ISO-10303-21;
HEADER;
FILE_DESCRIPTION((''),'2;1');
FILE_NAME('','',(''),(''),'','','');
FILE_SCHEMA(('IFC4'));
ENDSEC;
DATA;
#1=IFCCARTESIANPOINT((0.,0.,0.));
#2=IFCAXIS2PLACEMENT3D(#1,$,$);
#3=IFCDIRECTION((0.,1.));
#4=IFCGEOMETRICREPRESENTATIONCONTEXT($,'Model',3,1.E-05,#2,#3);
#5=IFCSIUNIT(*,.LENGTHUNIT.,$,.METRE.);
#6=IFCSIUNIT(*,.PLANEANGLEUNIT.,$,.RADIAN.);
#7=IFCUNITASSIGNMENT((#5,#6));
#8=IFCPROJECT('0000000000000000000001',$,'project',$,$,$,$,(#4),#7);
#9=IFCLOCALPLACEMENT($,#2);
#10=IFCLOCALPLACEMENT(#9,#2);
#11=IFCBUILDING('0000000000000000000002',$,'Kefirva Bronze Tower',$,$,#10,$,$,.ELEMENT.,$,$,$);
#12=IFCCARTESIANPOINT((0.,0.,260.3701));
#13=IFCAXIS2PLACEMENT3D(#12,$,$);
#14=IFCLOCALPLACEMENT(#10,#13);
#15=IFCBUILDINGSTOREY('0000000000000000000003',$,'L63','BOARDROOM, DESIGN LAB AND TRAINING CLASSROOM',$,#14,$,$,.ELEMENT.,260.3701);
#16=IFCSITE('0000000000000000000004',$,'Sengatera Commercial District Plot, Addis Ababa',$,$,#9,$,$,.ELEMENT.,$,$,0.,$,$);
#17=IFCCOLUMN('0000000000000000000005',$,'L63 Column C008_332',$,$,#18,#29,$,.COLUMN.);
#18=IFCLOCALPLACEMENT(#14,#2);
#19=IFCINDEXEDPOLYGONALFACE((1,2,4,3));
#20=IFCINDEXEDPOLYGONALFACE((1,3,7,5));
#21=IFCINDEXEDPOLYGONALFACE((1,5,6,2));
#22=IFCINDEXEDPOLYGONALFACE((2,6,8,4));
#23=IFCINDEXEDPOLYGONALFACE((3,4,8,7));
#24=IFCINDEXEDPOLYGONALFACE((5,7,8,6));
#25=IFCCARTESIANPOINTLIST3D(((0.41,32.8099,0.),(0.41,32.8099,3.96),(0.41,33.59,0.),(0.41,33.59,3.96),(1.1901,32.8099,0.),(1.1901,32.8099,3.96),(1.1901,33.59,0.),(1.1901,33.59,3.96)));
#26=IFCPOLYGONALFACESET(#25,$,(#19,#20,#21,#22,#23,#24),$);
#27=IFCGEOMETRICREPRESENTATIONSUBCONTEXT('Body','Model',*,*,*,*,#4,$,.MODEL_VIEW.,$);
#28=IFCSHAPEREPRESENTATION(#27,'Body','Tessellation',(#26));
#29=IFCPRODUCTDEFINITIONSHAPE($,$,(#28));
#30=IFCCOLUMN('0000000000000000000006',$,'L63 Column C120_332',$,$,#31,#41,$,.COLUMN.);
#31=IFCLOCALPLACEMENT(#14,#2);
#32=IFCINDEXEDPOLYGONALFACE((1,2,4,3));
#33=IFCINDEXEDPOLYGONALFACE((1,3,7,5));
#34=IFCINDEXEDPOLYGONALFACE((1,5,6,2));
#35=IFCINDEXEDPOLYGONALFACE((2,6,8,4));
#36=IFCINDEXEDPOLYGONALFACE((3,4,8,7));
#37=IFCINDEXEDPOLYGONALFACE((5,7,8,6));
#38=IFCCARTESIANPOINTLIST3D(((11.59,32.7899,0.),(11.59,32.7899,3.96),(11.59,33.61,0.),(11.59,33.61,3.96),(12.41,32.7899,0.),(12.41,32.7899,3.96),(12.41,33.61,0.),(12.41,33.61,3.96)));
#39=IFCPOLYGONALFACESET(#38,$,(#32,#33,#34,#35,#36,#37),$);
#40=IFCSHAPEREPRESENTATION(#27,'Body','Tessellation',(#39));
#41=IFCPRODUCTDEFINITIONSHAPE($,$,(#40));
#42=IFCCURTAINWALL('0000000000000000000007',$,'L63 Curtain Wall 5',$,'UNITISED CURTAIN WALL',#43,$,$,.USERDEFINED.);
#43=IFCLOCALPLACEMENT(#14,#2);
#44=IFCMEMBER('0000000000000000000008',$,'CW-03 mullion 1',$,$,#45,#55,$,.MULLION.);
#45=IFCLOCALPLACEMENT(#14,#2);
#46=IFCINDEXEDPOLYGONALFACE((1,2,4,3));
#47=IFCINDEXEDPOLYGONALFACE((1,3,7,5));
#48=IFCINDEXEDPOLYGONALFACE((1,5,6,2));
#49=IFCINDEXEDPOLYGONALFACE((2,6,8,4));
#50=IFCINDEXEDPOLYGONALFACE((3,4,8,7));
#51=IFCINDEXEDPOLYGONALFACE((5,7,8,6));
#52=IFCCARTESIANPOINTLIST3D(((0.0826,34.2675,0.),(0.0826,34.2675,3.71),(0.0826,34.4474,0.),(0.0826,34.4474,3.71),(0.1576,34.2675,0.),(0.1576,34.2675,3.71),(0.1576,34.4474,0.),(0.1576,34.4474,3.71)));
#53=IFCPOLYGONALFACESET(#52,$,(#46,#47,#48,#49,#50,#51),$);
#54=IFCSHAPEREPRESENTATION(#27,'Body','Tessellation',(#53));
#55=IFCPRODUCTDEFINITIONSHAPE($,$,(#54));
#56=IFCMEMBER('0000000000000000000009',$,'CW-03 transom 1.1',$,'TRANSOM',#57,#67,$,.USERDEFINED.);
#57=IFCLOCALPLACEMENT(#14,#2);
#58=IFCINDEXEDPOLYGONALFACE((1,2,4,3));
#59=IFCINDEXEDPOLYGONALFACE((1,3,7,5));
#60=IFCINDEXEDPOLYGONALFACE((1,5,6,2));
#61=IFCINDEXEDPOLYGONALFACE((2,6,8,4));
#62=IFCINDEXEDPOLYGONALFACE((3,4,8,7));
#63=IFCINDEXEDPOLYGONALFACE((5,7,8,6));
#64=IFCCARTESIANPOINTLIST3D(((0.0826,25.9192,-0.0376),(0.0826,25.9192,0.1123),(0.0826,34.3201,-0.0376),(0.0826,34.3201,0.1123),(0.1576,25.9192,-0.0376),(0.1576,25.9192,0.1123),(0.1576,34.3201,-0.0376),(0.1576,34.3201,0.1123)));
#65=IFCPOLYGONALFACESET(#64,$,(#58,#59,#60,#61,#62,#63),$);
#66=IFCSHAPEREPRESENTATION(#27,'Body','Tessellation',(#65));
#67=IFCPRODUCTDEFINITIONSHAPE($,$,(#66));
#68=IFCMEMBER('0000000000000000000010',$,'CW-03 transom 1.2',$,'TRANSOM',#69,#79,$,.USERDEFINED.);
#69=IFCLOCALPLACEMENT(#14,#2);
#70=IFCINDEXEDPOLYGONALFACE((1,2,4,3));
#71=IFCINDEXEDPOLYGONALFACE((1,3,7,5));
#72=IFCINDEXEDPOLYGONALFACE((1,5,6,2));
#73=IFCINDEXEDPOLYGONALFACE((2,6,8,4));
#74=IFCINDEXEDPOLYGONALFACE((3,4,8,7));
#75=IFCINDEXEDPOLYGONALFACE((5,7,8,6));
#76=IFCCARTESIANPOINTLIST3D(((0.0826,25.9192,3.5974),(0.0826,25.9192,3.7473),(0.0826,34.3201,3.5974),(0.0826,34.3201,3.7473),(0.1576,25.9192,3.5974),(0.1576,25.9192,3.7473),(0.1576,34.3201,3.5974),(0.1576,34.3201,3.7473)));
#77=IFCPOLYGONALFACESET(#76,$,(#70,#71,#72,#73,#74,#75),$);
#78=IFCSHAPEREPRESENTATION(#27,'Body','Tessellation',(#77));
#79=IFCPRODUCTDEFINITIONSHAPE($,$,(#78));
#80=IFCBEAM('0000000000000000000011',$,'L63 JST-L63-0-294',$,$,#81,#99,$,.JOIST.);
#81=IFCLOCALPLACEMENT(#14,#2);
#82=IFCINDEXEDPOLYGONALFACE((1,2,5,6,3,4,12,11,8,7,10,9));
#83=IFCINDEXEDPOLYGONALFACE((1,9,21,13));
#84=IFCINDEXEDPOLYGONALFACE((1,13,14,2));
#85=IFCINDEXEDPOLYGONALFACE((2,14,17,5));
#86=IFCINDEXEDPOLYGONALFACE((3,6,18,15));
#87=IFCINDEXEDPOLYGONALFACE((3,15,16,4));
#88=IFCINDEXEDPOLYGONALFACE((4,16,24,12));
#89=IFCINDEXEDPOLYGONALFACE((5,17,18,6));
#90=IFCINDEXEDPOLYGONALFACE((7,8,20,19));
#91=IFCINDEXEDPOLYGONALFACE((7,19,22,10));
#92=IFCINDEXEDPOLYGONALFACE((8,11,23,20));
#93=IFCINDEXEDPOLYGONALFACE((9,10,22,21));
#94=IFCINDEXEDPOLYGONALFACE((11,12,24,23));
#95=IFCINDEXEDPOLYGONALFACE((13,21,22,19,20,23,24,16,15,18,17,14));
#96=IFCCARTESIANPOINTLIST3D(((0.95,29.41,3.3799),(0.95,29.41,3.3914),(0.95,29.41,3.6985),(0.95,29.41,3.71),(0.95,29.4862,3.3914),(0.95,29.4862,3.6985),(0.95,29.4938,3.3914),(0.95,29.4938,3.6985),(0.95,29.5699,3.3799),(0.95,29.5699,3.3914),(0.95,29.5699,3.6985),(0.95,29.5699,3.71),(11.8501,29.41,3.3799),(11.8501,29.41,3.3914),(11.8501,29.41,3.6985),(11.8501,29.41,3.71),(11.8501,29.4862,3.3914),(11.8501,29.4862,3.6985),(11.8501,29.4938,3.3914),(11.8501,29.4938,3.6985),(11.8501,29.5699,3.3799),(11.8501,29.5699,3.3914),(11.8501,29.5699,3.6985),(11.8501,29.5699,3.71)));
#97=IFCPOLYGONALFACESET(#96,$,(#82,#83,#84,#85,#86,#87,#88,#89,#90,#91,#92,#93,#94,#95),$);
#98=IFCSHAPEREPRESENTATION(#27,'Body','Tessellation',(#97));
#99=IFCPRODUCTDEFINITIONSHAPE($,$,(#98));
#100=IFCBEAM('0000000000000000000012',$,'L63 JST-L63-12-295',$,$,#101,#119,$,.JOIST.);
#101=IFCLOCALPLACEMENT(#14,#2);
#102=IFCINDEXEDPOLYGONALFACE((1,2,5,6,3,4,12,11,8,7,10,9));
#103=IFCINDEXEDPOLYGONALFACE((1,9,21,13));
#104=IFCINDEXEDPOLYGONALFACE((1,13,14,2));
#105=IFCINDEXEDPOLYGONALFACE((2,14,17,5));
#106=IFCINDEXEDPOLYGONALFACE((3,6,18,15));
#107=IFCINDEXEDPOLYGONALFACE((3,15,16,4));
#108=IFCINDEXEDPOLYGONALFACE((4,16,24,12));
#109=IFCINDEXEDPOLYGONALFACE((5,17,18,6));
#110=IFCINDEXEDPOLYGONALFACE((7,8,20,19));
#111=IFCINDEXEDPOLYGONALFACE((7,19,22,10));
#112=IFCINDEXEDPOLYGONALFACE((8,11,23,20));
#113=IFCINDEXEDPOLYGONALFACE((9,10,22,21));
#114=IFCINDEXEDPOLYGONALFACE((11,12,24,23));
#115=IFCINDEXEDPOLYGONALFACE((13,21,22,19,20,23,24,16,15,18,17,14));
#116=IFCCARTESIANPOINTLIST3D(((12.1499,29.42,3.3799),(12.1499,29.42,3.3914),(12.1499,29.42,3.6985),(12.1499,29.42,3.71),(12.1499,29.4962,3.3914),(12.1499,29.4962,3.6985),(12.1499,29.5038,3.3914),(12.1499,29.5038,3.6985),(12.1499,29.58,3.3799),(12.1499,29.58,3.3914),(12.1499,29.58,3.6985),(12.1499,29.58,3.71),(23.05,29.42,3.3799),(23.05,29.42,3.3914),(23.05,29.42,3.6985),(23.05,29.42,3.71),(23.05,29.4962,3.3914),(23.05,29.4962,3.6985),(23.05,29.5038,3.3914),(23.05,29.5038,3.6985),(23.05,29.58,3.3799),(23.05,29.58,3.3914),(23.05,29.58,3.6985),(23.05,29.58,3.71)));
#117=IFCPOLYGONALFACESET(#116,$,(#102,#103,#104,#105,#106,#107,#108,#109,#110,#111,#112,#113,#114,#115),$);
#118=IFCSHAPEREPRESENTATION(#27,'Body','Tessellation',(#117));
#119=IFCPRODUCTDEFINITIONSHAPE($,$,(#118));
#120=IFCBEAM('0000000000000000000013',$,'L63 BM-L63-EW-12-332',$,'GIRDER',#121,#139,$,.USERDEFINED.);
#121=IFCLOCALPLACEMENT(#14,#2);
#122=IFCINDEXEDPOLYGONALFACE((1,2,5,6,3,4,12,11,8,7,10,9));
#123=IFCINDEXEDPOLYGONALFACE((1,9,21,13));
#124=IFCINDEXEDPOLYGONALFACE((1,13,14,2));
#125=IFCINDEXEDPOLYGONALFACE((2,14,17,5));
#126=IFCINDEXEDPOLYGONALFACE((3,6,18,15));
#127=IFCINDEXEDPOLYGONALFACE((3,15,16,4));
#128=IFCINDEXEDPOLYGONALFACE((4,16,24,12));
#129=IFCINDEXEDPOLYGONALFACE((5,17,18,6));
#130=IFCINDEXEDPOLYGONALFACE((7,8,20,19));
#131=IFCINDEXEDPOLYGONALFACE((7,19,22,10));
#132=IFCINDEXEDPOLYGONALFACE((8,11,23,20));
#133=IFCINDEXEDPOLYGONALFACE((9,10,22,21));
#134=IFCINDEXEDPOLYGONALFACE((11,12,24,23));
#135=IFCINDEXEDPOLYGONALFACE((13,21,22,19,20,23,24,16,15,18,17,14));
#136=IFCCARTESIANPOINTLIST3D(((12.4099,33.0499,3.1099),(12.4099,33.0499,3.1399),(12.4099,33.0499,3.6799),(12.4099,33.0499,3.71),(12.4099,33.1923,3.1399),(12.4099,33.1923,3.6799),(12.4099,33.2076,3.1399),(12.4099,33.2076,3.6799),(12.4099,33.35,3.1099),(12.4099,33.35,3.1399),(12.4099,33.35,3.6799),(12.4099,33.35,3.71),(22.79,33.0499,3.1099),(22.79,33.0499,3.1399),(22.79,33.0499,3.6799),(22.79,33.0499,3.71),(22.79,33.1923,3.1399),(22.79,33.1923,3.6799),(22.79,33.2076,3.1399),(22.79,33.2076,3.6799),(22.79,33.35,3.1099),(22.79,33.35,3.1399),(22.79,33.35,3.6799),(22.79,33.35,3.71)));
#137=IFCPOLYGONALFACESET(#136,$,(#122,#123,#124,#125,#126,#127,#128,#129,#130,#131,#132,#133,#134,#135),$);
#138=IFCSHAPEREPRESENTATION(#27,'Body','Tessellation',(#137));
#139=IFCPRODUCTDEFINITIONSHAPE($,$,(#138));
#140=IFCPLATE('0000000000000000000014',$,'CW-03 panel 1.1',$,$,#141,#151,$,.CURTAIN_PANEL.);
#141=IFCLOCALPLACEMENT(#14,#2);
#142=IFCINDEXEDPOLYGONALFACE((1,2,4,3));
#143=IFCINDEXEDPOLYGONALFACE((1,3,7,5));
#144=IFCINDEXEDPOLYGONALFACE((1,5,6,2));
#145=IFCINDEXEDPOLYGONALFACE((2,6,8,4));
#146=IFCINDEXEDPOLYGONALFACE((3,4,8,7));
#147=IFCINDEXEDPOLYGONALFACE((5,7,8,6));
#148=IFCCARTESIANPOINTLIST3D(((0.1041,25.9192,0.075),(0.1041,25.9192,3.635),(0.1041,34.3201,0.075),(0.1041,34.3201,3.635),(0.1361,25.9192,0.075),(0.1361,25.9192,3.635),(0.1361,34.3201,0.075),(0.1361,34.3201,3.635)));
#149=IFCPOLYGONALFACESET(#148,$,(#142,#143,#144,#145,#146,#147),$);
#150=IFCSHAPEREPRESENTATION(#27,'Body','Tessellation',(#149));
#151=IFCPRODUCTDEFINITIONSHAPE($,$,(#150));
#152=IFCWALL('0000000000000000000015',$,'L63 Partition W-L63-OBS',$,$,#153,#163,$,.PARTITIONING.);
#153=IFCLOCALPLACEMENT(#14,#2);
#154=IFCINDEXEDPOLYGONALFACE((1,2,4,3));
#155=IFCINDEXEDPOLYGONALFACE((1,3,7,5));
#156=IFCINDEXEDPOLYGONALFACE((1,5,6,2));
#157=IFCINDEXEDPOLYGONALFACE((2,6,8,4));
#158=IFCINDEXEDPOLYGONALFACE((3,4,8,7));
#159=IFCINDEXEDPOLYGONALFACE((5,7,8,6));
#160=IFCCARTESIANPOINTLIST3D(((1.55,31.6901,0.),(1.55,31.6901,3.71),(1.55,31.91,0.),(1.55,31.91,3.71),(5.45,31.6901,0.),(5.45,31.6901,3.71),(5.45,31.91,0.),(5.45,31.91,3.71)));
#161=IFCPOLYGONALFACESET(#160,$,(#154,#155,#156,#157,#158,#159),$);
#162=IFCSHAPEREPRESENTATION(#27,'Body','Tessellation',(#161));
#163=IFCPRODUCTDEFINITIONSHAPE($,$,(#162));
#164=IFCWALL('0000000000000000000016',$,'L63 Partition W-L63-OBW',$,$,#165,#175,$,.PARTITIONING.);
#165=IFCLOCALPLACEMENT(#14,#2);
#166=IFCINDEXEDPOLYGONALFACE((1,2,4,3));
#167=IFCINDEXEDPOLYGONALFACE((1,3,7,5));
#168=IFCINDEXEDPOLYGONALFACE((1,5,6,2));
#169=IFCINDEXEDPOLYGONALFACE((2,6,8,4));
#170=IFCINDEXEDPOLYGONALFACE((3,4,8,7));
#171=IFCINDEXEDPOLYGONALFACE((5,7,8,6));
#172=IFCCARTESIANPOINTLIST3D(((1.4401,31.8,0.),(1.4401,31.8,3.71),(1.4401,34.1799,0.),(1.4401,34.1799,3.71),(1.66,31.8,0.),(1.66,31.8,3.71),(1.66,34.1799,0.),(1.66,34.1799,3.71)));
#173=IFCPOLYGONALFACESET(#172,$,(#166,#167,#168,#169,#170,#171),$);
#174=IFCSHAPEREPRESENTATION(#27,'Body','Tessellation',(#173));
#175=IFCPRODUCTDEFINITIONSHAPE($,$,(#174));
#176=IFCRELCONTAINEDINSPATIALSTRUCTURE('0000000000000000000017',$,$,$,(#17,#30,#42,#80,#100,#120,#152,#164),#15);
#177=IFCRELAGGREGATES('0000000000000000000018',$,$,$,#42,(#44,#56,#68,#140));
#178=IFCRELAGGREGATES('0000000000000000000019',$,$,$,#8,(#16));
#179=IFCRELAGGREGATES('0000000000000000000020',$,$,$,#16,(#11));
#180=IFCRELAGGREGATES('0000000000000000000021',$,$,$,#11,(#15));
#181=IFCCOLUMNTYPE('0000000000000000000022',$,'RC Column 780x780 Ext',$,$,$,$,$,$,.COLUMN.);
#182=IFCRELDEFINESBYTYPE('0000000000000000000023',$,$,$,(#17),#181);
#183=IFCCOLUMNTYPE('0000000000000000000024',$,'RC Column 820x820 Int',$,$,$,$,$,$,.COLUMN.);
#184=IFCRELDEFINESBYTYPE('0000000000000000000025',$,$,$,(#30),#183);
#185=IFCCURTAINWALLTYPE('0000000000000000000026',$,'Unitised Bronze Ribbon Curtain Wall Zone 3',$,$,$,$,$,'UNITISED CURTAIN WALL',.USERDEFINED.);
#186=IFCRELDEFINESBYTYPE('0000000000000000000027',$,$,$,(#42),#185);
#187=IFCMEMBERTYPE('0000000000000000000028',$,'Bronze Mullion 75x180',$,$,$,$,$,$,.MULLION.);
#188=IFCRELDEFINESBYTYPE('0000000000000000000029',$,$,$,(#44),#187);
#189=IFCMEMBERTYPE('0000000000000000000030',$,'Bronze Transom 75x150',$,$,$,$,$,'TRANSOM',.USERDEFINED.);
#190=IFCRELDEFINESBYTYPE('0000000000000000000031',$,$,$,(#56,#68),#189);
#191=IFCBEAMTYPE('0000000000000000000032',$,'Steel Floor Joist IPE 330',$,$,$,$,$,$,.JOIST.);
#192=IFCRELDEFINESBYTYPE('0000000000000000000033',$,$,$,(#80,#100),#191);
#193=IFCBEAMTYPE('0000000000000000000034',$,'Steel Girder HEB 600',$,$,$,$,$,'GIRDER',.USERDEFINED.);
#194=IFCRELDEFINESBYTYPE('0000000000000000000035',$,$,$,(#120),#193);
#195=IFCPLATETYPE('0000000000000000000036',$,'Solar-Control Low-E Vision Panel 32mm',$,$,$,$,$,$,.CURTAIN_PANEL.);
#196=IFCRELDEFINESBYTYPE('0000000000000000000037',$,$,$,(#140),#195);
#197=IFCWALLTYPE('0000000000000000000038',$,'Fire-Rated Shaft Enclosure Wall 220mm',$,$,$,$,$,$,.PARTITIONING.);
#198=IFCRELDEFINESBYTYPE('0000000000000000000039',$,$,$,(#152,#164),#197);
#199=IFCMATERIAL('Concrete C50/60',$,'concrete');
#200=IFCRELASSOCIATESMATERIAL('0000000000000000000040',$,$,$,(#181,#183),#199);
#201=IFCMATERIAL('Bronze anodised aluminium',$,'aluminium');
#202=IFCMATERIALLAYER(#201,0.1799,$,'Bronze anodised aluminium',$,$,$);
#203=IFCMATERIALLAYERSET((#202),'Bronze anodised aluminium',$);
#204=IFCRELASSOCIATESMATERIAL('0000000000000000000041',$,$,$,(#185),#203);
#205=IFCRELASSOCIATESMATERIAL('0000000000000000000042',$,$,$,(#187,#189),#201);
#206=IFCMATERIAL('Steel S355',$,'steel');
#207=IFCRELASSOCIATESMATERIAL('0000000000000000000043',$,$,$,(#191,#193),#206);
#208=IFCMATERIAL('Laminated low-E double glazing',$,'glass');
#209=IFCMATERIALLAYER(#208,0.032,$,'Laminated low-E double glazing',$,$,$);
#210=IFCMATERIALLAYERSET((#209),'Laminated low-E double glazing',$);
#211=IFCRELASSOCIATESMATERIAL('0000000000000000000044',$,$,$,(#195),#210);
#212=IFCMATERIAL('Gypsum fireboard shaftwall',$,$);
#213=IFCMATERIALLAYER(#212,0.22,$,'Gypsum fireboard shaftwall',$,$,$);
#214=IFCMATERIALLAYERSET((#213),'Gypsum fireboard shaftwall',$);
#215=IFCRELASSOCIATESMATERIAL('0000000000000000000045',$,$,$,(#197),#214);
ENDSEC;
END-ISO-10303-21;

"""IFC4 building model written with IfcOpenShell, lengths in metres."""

from ifc_helpers import new_model, si_unit, direction, frame, frame_2d, origin, origin_2d, place, context, subcontext, project, spatial, rectangle, i_section, extrude, material, layer, layer_set, material_profile, profile_set, type_object, element, aggregate, save


model = new_model("IFC4")

# Units and contexts
model_context = context("Model", 3, precision=1e-05, world=origin(), true_north=direction((0.0, 1.0)))
body_context = subcontext(model_context, "Body", "Model", "MODEL_VIEW")
ifc_project = project(units=[si_unit("LENGTHUNIT", "METRE"), si_unit("PLANEANGLEUNIT", "RADIAN")], contexts=[model_context])

# Site, building, storey
site_placement = place(None, origin())
site = spatial("IfcSite", under=ifc_project, at=site_placement, Name="Sengatera Commercial District Plot, Addis Ababa", CompositionType="ELEMENT", RefElevation=0.0)
building_placement = place(site_placement, origin())
building = spatial("IfcBuilding", under=site, at=building_placement, Name="Kefirva Bronze Tower", CompositionType="ELEMENT")
storey_placement = place(building_placement, frame((0.0, 0.0, 260.3701)))
storey = spatial("IfcBuildingStorey", under=building, at=storey_placement, Name="L63", Description="BOARDROOM, DESIGN LAB AND TRAINING CLASSROOM", CompositionType="ELEMENT", Elevation=260.3701)

# Columns
ifc_material_1 = material(Name="Concrete C50/60", Category="concrete")
ifc_material_profile_1 = material_profile(ifc_material_1, rectangle(XDim=0.78, YDim=0.78, at=origin_2d()), Name="RC 780x780")
ifc_profile_set_1 = profile_set([ifc_material_profile_1], Name="Concrete C50/60")
column_type_1 = type_object("IfcColumnType", Name="RC Column 780x780 Ext", PredefinedType="COLUMN", material=ifc_profile_set_1)
column_1_placement = place(storey_placement, frame((0.8, 33.2, 0.0), z_axis=(0.0, 0.0, 1.0), x_axis=(1.0, 0.0, 0.0)))
element("IfcColumn", 1, at=column_1_placement, inside=storey, type_object=column_type_1, Name="L63 Column C008_332", PredefinedType="COLUMN", context=body_context, shape_type="SweptSolid", body=[
    extrude(rectangle(XDim=0.78, YDim=0.78, at=origin_2d()), origin(), (0.0, 0.0, 1.0), 3.96),
])
ifc_material_profile_2 = material_profile(ifc_material_1, rectangle(XDim=0.8201, YDim=0.8201, at=origin_2d()), Name="RC 820x820")
ifc_profile_set_2 = profile_set([ifc_material_profile_2], Name="Concrete C50/60")
column_type_2 = type_object("IfcColumnType", Name="RC Column 820x820 Int", PredefinedType="COLUMN", material=ifc_profile_set_2)
column_2_placement = place(storey_placement, frame((12.0, 33.2, 0.0), z_axis=(0.0, 0.0, 1.0), x_axis=(1.0, 0.0, 0.0)))
element("IfcColumn", 2, at=column_2_placement, inside=storey, type_object=column_type_2, Name="L63 Column C120_332", PredefinedType="COLUMN", context=body_context, shape_type="SweptSolid", body=[
    extrude(rectangle(XDim=0.8201, YDim=0.8201, at=origin_2d()), origin(), (0.0, 0.0, 1.0), 3.96),
])

# Curtain wall, members
ifc_material_2 = material(Name="Bronze anodised aluminium", Category="aluminium")
ifc_layer_1 = layer(ifc_material_2, 0.1799, Name="Bronze anodised aluminium")
ifc_layer_set_1 = layer_set([ifc_layer_1], Name="Bronze anodised aluminium")
curtain_wall_type = type_object("IfcCurtainWallType", Name="Unitised Bronze Ribbon Curtain Wall Zone 3", ElementType="UNITISED CURTAIN WALL", PredefinedType="USERDEFINED", material=ifc_layer_set_1)
curtain_wall_placement = place(storey_placement, origin())
curtain_wall = element("IfcCurtainWall", 3, at=curtain_wall_placement, inside=storey, type_object=curtain_wall_type, Name="L63 Curtain Wall 5", ObjectType="UNITISED CURTAIN WALL", PredefinedType="USERDEFINED")
ifc_material_profile_3 = material_profile(ifc_material_2, rectangle(XDim=0.075, YDim=0.1799, at=origin_2d()), Name="ALU 75x180")
ifc_profile_set_3 = profile_set([ifc_material_profile_3], Name="Bronze anodised aluminium")
member_type_1 = type_object("IfcMemberType", Name="Bronze Mullion 75x180", PredefinedType="MULLION", material=ifc_profile_set_3)
member_1_placement = place(storey_placement, frame((0.1201, 34.3574, 0.0), z_axis=(0.0, 0.0, 1.0), x_axis=(1.0, 0.0, 0.0)))
member_1 = element("IfcMember", 4, at=member_1_placement, type_object=member_type_1, Name="CW-03 mullion 1", PredefinedType="MULLION", context=body_context, shape_type="SweptSolid", body=[
    extrude(rectangle(XDim=0.075, YDim=0.1799, at=origin_2d()), origin(), (0.0, 0.0, 1.0), 3.71),
])
ifc_material_profile_4 = material_profile(ifc_material_2, rectangle(XDim=0.075, YDim=0.1499, at=origin_2d()), Name="ALU 75x150")
ifc_profile_set_4 = profile_set([ifc_material_profile_4], Name="Bronze anodised aluminium")
member_type_2 = type_object("IfcMemberType", Name="Bronze Transom 75x150", ElementType="TRANSOM", PredefinedType="USERDEFINED", material=ifc_profile_set_4)
member_2_placement = place(storey_placement, frame((0.1201, 34.3201, 0.0374), z_axis=(0.0, -1.0, 0.0), x_axis=(1.0, 0.0, 0.0)))
member_2 = element("IfcMember", 5, at=member_2_placement, type_object=member_type_2, Name="CW-03 transom 1.1", ObjectType="TRANSOM", PredefinedType="USERDEFINED", context=body_context, shape_type="SweptSolid", body=[
    extrude(rectangle(XDim=0.075, YDim=0.1499, at=origin_2d()), origin(), (0.0, 0.0, 1.0), 8.4009),
])
member_3_placement = place(storey_placement, frame((0.1201, 34.3201, 3.6724), z_axis=(0.0, -1.0, 0.0), x_axis=(1.0, 0.0, 0.0)))
member_3 = element("IfcMember", 6, at=member_3_placement, type_object=member_type_2, Name="CW-03 transom 1.2", ObjectType="TRANSOM", PredefinedType="USERDEFINED", context=body_context, shape_type="SweptSolid", body=[
    extrude(rectangle(XDim=0.075, YDim=0.1499, at=origin_2d()), origin(), (0.0, 0.0, 1.0), 8.4009),
])

# Beams
ifc_material_3 = material(Name="Steel S355", Category="steel")
ifc_material_profile_5 = material_profile(ifc_material_3, i_section(OverallWidth=0.1599, OverallDepth=0.3301, WebThickness=0.0076, FlangeThickness=0.0115, at=origin_2d()), Name="IPE 330")
ifc_profile_set_5 = profile_set([ifc_material_profile_5], Name="Steel S355")
beam_type_1 = type_object("IfcBeamType", Name="Steel Floor Joist IPE 330", PredefinedType="JOIST", material=ifc_profile_set_5)
for number, where, z_axis, x_axis, name in (
    (7, (0.95, 29.49, 3.5449), (1.0, 0.0, 0.0), (0.0, 1.0, 0.0), "L63 JST-L63-0-294"),
    (8, (12.1499, 29.5, 3.5449), (1.0, 0.0, 0.0), (0.0, 1.0, 0.0), "L63 JST-L63-12-295"),
):
    element("IfcBeam", number, at=place(storey_placement, frame(where, z_axis=z_axis, x_axis=x_axis)), inside=storey, type_object=beam_type_1, Name=name, PredefinedType="JOIST", context=body_context, shape_type="SweptSolid", body=[
        extrude(i_section(OverallWidth=0.1599, OverallDepth=0.3301, WebThickness=0.0076, FlangeThickness=0.0115, at=origin_2d()), origin(), (0.0, 0.0, 1.0), 10.9001),
    ])
ifc_material_profile_6 = material_profile(ifc_material_3, i_section(OverallWidth=0.3, OverallDepth=0.6001, WebThickness=0.0154, FlangeThickness=0.03, at=origin_2d()), Name="HEB 600")
ifc_profile_set_6 = profile_set([ifc_material_profile_6], Name="Steel S355")
beam_type_2 = type_object("IfcBeamType", Name="Steel Girder HEB 600", ElementType="GIRDER", PredefinedType="USERDEFINED", material=ifc_profile_set_6)
beam_placement = place(storey_placement, frame((12.4099, 33.2, 3.4099), z_axis=(1.0, 0.0, 0.0), x_axis=(0.0, 1.0, 0.0)))
element("IfcBeam", 9, at=beam_placement, inside=storey, type_object=beam_type_2, Name="L63 BM-L63-EW-12-332", ObjectType="GIRDER", PredefinedType="USERDEFINED", context=body_context, shape_type="SweptSolid", body=[
    extrude(i_section(OverallWidth=0.3, OverallDepth=0.6001, WebThickness=0.0154, FlangeThickness=0.03, at=origin_2d()), origin(), (0.0, 0.0, 1.0), 10.3801),
])

# Plate
ifc_material_4 = material(Name="Laminated low-E double glazing", Category="glass")
ifc_layer_2 = layer(ifc_material_4, 0.032, Name="Laminated low-E double glazing")
ifc_layer_set_2 = layer_set([ifc_layer_2], Name="Laminated low-E double glazing")
plate_type = type_object("IfcPlateType", Name="Solar-Control Low-E Vision Panel 32mm", PredefinedType="CURTAIN_PANEL", material=ifc_layer_set_2)
plate_placement = place(storey_placement, frame((0.1201, 30.1196, 0.075), z_axis=(0.0, 0.0, 1.0), x_axis=(0.0, -1.0, 0.0)))
plate = element("IfcPlate", 10, at=plate_placement, type_object=plate_type, Name="CW-03 panel 1.1", PredefinedType="CURTAIN_PANEL", context=body_context, shape_type="SweptSolid", body=[
    extrude(rectangle(XDim=8.4009, YDim=0.032, at=origin_2d()), origin(), (0.0, 0.0, 1.0), 3.5601),
])
aggregate(curtain_wall, [member_1, member_2, member_3, plate])

# Walls
ifc_material_5 = material(Name="Gypsum fireboard shaftwall")
ifc_layer_3 = layer(ifc_material_5, 0.22, Name="Gypsum fireboard shaftwall")
ifc_layer_set_3 = layer_set([ifc_layer_3], Name="Gypsum fireboard shaftwall")
wall_type_1 = type_object("IfcWallType", Name="Fire-Rated Shaft Enclosure Wall 220mm", PredefinedType="PARTITIONING", material=ifc_layer_set_3)
wall_1_placement = place(storey_placement, frame((1.55, 31.8, 0.0), z_axis=(0.0, 0.0, 1.0), x_axis=(1.0, 0.0, 0.0)))
element("IfcWall", 11, at=wall_1_placement, inside=storey, type_object=wall_type_1, Name="L63 Partition W-L63-OBS", PredefinedType="PARTITIONING", context=body_context, shape_type="SweptSolid", body=[
    extrude(rectangle(XDim=3.8999, YDim=0.22, at=frame_2d((1.95, 0.0))), origin(), (0.0, 0.0, 1.0), 3.71),
])
for number, where, z_axis, x_axis, name in (
    (12, (1.55, 31.8, 0.0), (0.0, 0.0, 1.0), (0.0, 1.0, 0.0), "L63 Partition W-L63-OBW"),
):
    element("IfcWall", number, at=place(storey_placement, frame(where, z_axis=z_axis, x_axis=x_axis)), inside=storey, type_object=wall_type_1, Name=name, PredefinedType="PARTITIONING", context=body_context, shape_type="SweptSolid", body=[
        extrude(rectangle(XDim=2.3799, YDim=0.22, at=frame_2d((1.1899, 0.0))), origin(), (0.0, 0.0, 1.0), 3.71),
    ])

save(model, "model.ifc")
